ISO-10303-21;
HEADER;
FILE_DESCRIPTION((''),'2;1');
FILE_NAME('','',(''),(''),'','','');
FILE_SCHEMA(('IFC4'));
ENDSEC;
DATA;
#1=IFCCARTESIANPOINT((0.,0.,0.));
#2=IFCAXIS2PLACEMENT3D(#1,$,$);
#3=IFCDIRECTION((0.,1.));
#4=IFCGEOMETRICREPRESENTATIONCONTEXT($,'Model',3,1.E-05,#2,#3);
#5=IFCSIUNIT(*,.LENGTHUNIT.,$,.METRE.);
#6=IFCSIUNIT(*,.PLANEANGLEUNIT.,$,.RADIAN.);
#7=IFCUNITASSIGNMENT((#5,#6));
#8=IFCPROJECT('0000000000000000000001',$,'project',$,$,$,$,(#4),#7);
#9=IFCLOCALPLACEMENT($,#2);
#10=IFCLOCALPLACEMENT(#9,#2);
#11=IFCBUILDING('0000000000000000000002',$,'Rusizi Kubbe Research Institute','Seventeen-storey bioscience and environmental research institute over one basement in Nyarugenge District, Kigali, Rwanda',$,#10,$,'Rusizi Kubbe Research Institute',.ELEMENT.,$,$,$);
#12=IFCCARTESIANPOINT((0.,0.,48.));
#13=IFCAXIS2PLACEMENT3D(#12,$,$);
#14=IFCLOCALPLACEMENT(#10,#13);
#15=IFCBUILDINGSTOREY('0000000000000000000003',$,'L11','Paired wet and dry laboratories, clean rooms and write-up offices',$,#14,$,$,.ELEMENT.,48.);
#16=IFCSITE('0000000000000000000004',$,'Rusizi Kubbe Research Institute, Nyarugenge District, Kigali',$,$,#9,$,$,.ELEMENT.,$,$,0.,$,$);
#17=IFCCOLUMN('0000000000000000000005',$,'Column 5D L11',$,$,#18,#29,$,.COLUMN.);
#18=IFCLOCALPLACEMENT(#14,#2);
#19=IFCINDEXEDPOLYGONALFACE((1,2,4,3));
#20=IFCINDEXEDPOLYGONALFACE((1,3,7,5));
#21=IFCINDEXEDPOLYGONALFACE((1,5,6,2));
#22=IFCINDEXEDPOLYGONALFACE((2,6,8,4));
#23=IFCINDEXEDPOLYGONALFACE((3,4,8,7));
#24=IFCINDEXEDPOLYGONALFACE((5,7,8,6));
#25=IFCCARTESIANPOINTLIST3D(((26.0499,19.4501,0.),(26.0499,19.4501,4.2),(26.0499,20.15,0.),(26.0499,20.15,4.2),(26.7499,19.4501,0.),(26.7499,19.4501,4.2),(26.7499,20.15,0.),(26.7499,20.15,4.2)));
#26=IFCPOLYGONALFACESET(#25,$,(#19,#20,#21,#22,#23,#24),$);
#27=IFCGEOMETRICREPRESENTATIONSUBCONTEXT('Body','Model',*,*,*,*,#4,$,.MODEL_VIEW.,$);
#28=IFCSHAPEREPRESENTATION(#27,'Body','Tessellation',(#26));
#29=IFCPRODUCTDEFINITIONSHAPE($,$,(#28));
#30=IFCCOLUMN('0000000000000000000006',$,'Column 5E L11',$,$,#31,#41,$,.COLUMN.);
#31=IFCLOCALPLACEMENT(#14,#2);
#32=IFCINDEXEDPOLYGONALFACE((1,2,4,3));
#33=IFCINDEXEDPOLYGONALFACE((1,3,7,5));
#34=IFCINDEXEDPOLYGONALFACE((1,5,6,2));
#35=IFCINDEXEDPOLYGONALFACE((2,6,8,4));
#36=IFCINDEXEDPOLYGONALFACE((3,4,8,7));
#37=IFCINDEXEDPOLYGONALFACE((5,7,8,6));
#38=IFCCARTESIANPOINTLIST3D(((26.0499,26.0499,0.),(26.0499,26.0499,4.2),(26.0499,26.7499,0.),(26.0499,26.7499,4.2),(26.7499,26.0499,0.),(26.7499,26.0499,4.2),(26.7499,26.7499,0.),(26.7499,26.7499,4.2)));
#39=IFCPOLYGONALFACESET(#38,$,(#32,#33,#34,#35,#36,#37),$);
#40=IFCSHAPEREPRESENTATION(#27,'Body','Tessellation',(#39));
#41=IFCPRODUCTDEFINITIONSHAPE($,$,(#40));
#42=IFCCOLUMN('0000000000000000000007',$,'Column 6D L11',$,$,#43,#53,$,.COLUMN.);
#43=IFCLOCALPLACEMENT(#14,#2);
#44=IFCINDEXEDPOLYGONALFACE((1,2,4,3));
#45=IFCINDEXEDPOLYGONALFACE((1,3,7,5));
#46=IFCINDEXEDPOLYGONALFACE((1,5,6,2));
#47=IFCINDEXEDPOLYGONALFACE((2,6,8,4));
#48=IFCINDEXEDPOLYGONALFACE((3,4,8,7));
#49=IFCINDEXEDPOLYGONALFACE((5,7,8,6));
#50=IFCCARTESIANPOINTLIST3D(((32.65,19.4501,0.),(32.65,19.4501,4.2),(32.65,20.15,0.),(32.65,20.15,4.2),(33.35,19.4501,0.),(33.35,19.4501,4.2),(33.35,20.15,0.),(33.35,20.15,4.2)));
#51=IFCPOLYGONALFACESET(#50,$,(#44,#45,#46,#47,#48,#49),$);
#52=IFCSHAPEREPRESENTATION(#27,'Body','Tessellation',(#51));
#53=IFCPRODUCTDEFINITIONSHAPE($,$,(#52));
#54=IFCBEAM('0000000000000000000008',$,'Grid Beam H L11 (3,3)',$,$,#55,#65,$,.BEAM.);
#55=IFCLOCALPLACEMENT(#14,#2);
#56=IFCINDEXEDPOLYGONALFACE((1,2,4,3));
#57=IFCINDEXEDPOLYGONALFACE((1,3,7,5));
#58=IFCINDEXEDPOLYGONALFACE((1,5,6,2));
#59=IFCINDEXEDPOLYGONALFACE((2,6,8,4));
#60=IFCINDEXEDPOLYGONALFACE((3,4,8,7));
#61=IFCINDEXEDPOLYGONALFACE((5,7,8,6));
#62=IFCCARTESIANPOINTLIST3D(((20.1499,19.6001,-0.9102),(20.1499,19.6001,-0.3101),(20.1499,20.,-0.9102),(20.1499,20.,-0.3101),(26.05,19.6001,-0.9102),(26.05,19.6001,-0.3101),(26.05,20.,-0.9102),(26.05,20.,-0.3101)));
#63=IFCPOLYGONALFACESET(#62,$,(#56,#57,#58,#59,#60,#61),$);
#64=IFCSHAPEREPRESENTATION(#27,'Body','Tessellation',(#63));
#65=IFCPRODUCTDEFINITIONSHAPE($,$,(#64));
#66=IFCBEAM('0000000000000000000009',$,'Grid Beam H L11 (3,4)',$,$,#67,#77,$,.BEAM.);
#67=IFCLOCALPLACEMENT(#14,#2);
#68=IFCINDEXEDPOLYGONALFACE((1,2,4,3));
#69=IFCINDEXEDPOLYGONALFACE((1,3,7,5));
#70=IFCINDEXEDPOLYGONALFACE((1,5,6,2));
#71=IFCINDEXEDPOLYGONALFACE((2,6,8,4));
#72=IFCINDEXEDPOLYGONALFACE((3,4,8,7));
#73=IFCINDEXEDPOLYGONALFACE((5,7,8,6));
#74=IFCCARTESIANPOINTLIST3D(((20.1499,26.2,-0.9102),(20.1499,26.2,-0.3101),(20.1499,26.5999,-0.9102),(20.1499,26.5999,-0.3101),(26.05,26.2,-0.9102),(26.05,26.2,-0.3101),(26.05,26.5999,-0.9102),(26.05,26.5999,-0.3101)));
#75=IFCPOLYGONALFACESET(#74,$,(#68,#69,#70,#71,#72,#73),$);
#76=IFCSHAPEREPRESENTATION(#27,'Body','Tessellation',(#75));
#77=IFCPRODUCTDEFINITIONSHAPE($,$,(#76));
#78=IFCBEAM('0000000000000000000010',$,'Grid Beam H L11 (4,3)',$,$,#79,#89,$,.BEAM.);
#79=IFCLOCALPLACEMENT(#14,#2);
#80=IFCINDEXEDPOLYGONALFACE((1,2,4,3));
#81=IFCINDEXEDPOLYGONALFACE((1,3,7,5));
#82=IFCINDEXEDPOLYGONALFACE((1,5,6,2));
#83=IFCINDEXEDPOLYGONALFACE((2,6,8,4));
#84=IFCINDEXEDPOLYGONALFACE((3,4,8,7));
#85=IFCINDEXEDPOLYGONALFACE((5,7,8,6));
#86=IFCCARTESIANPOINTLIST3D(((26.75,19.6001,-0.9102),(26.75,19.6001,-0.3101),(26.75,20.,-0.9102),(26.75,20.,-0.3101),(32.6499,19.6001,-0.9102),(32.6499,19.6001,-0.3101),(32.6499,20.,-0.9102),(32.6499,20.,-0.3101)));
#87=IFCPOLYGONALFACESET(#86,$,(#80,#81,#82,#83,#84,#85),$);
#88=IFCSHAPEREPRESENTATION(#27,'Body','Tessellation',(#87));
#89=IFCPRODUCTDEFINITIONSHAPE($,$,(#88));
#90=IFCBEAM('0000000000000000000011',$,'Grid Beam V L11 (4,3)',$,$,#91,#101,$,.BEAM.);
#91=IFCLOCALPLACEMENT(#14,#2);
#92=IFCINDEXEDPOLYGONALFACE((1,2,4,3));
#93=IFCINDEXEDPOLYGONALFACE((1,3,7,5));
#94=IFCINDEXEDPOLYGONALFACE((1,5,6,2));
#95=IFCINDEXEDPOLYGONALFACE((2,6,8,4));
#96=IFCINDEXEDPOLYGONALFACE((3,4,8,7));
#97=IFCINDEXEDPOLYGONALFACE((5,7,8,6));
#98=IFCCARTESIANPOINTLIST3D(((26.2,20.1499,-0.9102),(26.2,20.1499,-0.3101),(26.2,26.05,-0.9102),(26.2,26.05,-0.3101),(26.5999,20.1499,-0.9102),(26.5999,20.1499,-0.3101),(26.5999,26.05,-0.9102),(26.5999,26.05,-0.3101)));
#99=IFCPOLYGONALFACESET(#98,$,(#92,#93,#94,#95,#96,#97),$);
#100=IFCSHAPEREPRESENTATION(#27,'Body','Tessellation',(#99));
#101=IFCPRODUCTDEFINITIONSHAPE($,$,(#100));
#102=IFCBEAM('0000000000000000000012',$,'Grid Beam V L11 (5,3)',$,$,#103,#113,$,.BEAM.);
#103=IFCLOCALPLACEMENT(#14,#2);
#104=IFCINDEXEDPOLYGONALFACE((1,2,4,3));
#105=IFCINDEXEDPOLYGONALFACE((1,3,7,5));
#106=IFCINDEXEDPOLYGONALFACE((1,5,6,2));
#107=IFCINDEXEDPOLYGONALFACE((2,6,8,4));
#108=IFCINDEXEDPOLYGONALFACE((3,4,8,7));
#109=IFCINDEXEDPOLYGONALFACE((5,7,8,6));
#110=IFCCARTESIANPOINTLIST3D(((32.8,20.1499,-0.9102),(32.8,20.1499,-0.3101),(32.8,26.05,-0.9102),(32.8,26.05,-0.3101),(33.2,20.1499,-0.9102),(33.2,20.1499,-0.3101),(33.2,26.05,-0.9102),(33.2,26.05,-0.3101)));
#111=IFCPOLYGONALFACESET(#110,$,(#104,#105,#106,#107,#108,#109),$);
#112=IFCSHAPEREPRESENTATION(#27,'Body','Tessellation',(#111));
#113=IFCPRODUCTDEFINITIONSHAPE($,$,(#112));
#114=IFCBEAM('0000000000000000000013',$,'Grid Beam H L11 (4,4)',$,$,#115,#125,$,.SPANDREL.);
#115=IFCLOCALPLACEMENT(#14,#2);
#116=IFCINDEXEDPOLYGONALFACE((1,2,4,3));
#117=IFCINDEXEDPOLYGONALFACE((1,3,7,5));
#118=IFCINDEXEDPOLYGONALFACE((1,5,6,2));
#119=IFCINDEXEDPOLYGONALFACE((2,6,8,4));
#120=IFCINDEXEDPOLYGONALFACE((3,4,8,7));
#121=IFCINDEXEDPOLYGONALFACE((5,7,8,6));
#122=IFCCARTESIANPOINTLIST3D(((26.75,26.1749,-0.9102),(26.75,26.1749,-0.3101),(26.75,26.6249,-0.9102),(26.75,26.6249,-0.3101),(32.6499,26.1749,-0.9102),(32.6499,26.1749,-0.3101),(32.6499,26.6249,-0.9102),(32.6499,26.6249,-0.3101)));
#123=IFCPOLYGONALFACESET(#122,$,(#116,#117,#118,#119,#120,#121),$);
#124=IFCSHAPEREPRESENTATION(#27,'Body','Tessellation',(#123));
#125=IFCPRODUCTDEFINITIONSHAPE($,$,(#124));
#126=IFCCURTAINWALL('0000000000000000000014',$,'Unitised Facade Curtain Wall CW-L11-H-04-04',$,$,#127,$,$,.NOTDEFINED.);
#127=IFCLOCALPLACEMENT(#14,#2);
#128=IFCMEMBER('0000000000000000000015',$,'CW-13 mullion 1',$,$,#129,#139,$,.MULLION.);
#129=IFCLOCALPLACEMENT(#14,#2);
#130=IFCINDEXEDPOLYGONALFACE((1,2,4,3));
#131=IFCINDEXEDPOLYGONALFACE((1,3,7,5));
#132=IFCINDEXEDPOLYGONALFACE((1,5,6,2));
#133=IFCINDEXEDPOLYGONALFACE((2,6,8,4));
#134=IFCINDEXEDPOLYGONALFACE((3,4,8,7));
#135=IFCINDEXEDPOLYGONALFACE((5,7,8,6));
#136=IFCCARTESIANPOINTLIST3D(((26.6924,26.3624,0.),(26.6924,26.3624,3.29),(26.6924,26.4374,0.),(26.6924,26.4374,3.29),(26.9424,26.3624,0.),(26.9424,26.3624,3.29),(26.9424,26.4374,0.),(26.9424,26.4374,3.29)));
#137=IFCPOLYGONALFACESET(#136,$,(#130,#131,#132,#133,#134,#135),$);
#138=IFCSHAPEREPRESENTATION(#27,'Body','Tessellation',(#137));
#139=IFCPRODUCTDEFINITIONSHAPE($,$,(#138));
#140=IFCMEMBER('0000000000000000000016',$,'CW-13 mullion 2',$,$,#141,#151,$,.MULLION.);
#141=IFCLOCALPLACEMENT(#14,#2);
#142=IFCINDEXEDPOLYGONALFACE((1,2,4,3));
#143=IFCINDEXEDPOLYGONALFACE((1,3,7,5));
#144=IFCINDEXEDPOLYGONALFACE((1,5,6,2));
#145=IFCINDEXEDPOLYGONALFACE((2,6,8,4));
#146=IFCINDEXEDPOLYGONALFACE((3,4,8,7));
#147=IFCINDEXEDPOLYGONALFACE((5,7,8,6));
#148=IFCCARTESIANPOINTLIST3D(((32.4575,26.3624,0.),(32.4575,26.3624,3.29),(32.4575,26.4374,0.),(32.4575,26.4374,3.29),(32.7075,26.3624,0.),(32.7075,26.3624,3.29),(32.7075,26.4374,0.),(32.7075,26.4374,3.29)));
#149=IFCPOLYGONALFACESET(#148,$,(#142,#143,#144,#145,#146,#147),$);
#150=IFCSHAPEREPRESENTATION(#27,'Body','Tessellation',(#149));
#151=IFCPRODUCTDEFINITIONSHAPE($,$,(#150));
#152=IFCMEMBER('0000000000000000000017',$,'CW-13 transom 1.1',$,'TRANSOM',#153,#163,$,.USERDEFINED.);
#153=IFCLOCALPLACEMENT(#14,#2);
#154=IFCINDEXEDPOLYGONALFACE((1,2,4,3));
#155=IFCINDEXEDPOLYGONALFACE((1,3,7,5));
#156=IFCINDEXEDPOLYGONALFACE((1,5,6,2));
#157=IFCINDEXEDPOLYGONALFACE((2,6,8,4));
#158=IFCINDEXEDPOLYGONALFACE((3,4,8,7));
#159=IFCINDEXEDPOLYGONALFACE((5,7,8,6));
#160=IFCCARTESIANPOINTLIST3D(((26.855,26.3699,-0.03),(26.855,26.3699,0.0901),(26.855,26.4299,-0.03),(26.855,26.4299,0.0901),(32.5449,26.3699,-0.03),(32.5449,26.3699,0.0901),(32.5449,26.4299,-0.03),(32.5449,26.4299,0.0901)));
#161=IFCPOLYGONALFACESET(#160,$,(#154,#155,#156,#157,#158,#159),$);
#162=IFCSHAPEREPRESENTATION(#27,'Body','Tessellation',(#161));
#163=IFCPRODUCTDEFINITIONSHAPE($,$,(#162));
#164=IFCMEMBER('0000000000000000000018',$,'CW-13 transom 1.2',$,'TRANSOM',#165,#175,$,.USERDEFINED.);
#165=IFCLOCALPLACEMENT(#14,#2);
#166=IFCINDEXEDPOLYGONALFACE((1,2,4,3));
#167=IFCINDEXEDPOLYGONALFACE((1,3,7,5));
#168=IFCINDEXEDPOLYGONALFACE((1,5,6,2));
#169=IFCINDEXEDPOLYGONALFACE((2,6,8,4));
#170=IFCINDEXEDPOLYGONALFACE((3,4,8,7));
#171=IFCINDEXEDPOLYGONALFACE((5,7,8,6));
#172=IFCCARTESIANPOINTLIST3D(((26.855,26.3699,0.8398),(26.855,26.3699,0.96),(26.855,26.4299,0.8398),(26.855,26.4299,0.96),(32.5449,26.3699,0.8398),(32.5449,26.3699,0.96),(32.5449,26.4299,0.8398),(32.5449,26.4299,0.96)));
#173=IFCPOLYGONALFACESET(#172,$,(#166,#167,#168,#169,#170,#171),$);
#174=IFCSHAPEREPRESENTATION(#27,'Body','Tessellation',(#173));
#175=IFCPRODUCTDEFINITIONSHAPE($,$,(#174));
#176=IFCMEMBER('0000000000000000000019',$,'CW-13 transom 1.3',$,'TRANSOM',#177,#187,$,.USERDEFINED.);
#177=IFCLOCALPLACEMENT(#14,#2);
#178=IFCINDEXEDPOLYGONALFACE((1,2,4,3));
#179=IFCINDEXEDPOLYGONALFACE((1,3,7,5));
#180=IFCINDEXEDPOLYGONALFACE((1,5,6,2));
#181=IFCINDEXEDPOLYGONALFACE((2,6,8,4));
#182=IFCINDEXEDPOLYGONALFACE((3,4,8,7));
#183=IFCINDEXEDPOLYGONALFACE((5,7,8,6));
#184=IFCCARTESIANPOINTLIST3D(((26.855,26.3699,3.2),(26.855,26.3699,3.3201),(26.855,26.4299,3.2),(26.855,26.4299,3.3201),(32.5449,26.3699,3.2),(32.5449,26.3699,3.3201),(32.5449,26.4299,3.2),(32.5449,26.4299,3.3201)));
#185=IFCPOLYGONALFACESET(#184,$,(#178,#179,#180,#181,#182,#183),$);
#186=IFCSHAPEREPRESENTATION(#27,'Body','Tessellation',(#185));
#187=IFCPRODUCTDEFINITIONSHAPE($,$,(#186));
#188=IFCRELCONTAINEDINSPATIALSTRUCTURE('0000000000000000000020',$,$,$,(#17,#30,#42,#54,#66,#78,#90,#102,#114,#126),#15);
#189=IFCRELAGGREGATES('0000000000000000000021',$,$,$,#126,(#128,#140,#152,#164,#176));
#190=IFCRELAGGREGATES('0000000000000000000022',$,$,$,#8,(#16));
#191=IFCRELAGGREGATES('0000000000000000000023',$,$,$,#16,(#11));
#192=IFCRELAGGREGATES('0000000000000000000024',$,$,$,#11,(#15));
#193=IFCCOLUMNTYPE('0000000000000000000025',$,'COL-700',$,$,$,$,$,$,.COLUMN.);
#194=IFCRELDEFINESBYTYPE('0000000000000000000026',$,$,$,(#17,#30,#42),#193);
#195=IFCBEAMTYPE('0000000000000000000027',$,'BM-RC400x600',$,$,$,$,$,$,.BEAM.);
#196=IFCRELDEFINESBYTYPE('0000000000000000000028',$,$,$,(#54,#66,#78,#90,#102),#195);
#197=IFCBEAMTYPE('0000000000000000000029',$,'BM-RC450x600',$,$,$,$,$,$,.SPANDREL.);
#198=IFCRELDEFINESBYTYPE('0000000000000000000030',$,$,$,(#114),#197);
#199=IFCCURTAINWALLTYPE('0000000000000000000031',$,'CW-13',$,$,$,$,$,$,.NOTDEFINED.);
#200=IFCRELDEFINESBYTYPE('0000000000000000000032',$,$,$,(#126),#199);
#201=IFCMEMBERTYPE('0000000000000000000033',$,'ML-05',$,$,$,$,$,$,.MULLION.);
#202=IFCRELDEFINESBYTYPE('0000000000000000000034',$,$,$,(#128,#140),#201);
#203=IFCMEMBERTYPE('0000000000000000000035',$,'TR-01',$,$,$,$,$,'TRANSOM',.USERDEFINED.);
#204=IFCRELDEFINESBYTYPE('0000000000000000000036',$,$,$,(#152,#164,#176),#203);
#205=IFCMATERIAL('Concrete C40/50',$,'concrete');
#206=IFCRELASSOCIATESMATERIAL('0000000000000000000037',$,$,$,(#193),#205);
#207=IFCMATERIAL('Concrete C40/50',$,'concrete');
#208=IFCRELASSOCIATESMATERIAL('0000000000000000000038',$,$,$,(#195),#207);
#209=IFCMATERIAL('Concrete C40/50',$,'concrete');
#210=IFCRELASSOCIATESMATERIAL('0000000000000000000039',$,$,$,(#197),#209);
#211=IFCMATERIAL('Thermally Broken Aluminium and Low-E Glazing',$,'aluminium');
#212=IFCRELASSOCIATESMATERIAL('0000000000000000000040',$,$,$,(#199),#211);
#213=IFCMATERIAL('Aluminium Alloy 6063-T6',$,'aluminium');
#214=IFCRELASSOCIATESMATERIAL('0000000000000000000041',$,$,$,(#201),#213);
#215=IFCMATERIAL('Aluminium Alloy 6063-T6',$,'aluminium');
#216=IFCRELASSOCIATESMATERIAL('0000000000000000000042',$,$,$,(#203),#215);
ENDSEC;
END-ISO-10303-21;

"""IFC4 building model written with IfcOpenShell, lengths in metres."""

from ifc_helpers import new_model, si_unit, direction, frame, origin, origin_2d, place, context, subcontext, project, spatial, rectangle, extrude, material, material_profile, profile_set, type_object, element, aggregate, save


model = new_model("IFC4")

# Units and contexts
model_context = context("Model", 3, precision=1e-05, world=origin(), true_north=direction((0.0, 1.0)))
body_context = subcontext(model_context, "Body", "Model", "MODEL_VIEW")
ifc_project = project(units=[si_unit("LENGTHUNIT", "METRE"), si_unit("PLANEANGLEUNIT", "RADIAN")], contexts=[model_context])

# Site, building, storey
site_placement = place(None, origin())
site = spatial("IfcSite", under=ifc_project, at=site_placement, Name="Rusizi Kubbe Research Institute, Nyarugenge District, Kigali", CompositionType="ELEMENT", RefElevation=0.0)
building_placement = place(site_placement, origin())
building = spatial("IfcBuilding", under=site, at=building_placement, Name="Rusizi Kubbe Research Institute", Description="Seventeen-storey bioscience and environmental research institute over one basement in Nyarugenge District, Kigali, Rwanda", LongName="Rusizi Kubbe Research Institute", CompositionType="ELEMENT")
storey_placement = place(building_placement, frame((0.0, 0.0, 48.0)))
storey = spatial("IfcBuildingStorey", under=building, at=storey_placement, Name="L11", Description="Paired wet and dry laboratories, clean rooms and write-up offices", CompositionType="ELEMENT", Elevation=48.0)

# Columns
ifc_material_1 = material(Name="Concrete C40/50", Category="concrete")
ifc_material_profile_1 = material_profile(ifc_material_1, rectangle(XDim=0.7, YDim=0.7, at=origin_2d()), Name="RC700x700")
ifc_profile_set_1 = profile_set([ifc_material_profile_1], Name="Concrete C40/50")
column_type = type_object("IfcColumnType", Name="COL-700", PredefinedType="COLUMN", material=ifc_profile_set_1)
for number, where, z_axis, x_axis, name in (
    (1, (26.3999, 19.8, 0.0), (0.0, 0.0, 1.0), (1.0, 0.0, 0.0), "Column 5D L11"),
    (2, (26.3999, 26.3999, 0.0), (0.0, 0.0, 1.0), (1.0, 0.0, 0.0), "Column 5E L11"),
    (3, (33.0, 19.8, 0.0), (0.0, 0.0, 1.0), (1.0, 0.0, 0.0), "Column 6D L11"),
):
    element("IfcColumn", number, at=place(storey_placement, frame(where, z_axis=z_axis, x_axis=x_axis)), inside=storey, type_object=column_type, Name=name, PredefinedType="COLUMN", context=body_context, shape_type="SweptSolid", body=[
        extrude(rectangle(XDim=0.7, YDim=0.7, at=origin_2d()), origin(), (0.0, 0.0, 1.0), 4.2),
    ])

# Beams
ifc_material_2 = material(Name="Concrete C40/50", Category="concrete")
ifc_material_profile_2 = material_profile(ifc_material_2, rectangle(XDim=0.3999, YDim=0.6001, at=origin_2d()), Name="RC400x600")
ifc_profile_set_2 = profile_set([ifc_material_profile_2], Name="Concrete C40/50")
beam_type_1 = type_object("IfcBeamType", Name="BM-RC400x600", PredefinedType="BEAM", material=ifc_profile_set_2)
for number, where, z_axis, x_axis, name in (
    (4, (20.1499, 19.8, -0.6101), (1.0, 0.0, 0.0), (0.0, 1.0, 0.0), "Grid Beam H L11 (3,3)"),
    (5, (20.1499, 26.3999, -0.6101), (1.0, 0.0, 0.0), (0.0, 1.0, 0.0), "Grid Beam H L11 (3,4)"),
):
    element("IfcBeam", number, at=place(storey_placement, frame(where, z_axis=z_axis, x_axis=x_axis)), inside=storey, type_object=beam_type_1, Name=name, PredefinedType="BEAM", context=body_context, shape_type="SweptSolid", body=[
        extrude(rectangle(XDim=0.3999, YDim=0.6001, at=origin_2d()), origin(), (0.0, 0.0, 1.0), 5.9001),
    ])
beam_1_placement = place(storey_placement, frame((26.75, 19.8, -0.6101), z_axis=(1.0, 0.0, 0.0), x_axis=(0.0, 1.0, 0.0)))
element("IfcBeam", 6, at=beam_1_placement, inside=storey, type_object=beam_type_1, Name="Grid Beam H L11 (4,3)", PredefinedType="BEAM", context=body_context, shape_type="SweptSolid", body=[
    extrude(rectangle(XDim=0.3999, YDim=0.6001, at=origin_2d()), origin(), (0.0, 0.0, 1.0), 5.8999),
])
for number, where, z_axis, x_axis, name in (
    (7, (26.3999, 20.1499, -0.6101), (0.0, 1.0, 0.0), (-1.0, 0.0, 0.0), "Grid Beam V L11 (4,3)"),
    (8, (33.0, 20.1499, -0.6101), (0.0, 1.0, 0.0), (-1.0, 0.0, 0.0), "Grid Beam V L11 (5,3)"),
):
    element("IfcBeam", number, at=place(storey_placement, frame(where, z_axis=z_axis, x_axis=x_axis)), inside=storey, type_object=beam_type_1, Name=name, PredefinedType="BEAM", context=body_context, shape_type="SweptSolid", body=[
        extrude(rectangle(XDim=0.3999, YDim=0.6001, at=origin_2d()), origin(), (0.0, 0.0, 1.0), 5.9001),
    ])
ifc_material_3 = material(Name="Concrete C40/50", Category="concrete")
ifc_material_profile_3 = material_profile(ifc_material_3, rectangle(XDim=0.45, YDim=0.6001, at=origin_2d()), Name="RC450x600")
ifc_profile_set_3 = profile_set([ifc_material_profile_3], Name="Concrete C40/50")
beam_type_2 = type_object("IfcBeamType", Name="BM-RC450x600", PredefinedType="SPANDREL", material=ifc_profile_set_3)
beam_2_placement = place(storey_placement, frame((26.75, 26.3999, -0.6101), z_axis=(1.0, 0.0, 0.0), x_axis=(0.0, 1.0, 0.0)))
element("IfcBeam", 9, at=beam_2_placement, inside=storey, type_object=beam_type_2, Name="Grid Beam H L11 (4,4)", PredefinedType="SPANDREL", context=body_context, shape_type="SweptSolid", body=[
    extrude(rectangle(XDim=0.45, YDim=0.6001, at=origin_2d()), origin(), (0.0, 0.0, 1.0), 5.8999),
])

# Curtain wall, members
ifc_material_4 = material(Name="Thermally Broken Aluminium and Low-E Glazing", Category="aluminium")
curtain_wall_type = type_object("IfcCurtainWallType", Name="CW-13", PredefinedType="NOTDEFINED", material=ifc_material_4)
curtain_wall_placement = place(storey_placement, origin())
curtain_wall = element("IfcCurtainWall", 10, at=curtain_wall_placement, inside=storey, type_object=curtain_wall_type, Name="Unitised Facade Curtain Wall CW-L11-H-04-04", PredefinedType="NOTDEFINED")
ifc_material_5 = material(Name="Aluminium Alloy 6063-T6", Category="aluminium")
ifc_material_profile_4 = material_profile(ifc_material_5, rectangle(XDim=0.075, YDim=0.25, at=origin_2d()), Name="ALU-M 75x250")
ifc_profile_set_4 = profile_set([ifc_material_profile_4], Name="Aluminium Alloy 6063-T6")
member_type_1 = type_object("IfcMemberType", Name="ML-05", PredefinedType="MULLION", material=ifc_profile_set_4)
member_1_placement = place(storey_placement, frame((26.8174, 26.3999, 0.0), z_axis=(0.0, 0.0, 1.0), x_axis=(0.0, 1.0, 0.0)))
member_1 = element("IfcMember", 11, at=member_1_placement, type_object=member_type_1, Name="CW-13 mullion 1", PredefinedType="MULLION", context=body_context, shape_type="SweptSolid", body=[
    extrude(rectangle(XDim=0.075, YDim=0.25, at=origin_2d()), origin(), (0.0, 0.0, 1.0), 3.29),
])
member_2_placement = place(storey_placement, frame((32.5825, 26.3999, 0.0), z_axis=(0.0, 0.0, 1.0), x_axis=(0.0, 1.0, 0.0)))
member_2 = element("IfcMember", 12, at=member_2_placement, type_object=member_type_1, Name="CW-13 mullion 2", PredefinedType="MULLION", context=body_context, shape_type="SweptSolid", body=[
    extrude(rectangle(XDim=0.075, YDim=0.25, at=origin_2d()), origin(), (0.0, 0.0, 1.0), 3.29),
])
ifc_material_6 = material(Name="Aluminium Alloy 6063-T6", Category="aluminium")
ifc_material_profile_5 = material_profile(ifc_material_6, rectangle(XDim=0.0601, YDim=0.1201, at=origin_2d()), Name="ALU-T 60x120")
ifc_profile_set_5 = profile_set([ifc_material_profile_5], Name="Aluminium Alloy 6063-T6")
member_type_2 = type_object("IfcMemberType", Name="TR-01", ElementType="TRANSOM", PredefinedType="USERDEFINED", material=ifc_profile_set_5)
member_3_placement = place(storey_placement, frame((26.855, 26.3999, 0.03), z_axis=(1.0, 0.0, 0.0), x_axis=(0.0, 1.0, 0.0)))
member_3 = element("IfcMember", 13, at=member_3_placement, type_object=member_type_2, Name="CW-13 transom 1.1", ObjectType="TRANSOM", PredefinedType="USERDEFINED", context=body_context, shape_type="SweptSolid", body=[
    extrude(rectangle(XDim=0.0601, YDim=0.1201, at=origin_2d()), origin(), (0.0, 0.0, 1.0), 5.6899),
])
member_4_placement = place(storey_placement, frame((26.855, 26.3999, 0.8999), z_axis=(1.0, 0.0, 0.0), x_axis=(0.0, 1.0, 0.0)))
member_4 = element("IfcMember", 14, at=member_4_placement, type_object=member_type_2, Name="CW-13 transom 1.2", ObjectType="TRANSOM", PredefinedType="USERDEFINED", context=body_context, shape_type="SweptSolid", body=[
    extrude(rectangle(XDim=0.0601, YDim=0.1201, at=origin_2d()), origin(), (0.0, 0.0, 1.0), 5.6899),
])
member_5_placement = place(storey_placement, frame((26.855, 26.3999, 3.26), z_axis=(1.0, 0.0, 0.0), x_axis=(0.0, 1.0, 0.0)))
member_5 = element("IfcMember", 15, at=member_5_placement, type_object=member_type_2, Name="CW-13 transom 1.3", ObjectType="TRANSOM", PredefinedType="USERDEFINED", context=body_context, shape_type="SweptSolid", body=[
    extrude(rectangle(XDim=0.0601, YDim=0.1201, at=origin_2d()), origin(), (0.0, 0.0, 1.0), 5.6899),
])
aggregate(curtain_wall, [member_1, member_2, member_3, member_4, member_5])

save(model, "model.ifc")
